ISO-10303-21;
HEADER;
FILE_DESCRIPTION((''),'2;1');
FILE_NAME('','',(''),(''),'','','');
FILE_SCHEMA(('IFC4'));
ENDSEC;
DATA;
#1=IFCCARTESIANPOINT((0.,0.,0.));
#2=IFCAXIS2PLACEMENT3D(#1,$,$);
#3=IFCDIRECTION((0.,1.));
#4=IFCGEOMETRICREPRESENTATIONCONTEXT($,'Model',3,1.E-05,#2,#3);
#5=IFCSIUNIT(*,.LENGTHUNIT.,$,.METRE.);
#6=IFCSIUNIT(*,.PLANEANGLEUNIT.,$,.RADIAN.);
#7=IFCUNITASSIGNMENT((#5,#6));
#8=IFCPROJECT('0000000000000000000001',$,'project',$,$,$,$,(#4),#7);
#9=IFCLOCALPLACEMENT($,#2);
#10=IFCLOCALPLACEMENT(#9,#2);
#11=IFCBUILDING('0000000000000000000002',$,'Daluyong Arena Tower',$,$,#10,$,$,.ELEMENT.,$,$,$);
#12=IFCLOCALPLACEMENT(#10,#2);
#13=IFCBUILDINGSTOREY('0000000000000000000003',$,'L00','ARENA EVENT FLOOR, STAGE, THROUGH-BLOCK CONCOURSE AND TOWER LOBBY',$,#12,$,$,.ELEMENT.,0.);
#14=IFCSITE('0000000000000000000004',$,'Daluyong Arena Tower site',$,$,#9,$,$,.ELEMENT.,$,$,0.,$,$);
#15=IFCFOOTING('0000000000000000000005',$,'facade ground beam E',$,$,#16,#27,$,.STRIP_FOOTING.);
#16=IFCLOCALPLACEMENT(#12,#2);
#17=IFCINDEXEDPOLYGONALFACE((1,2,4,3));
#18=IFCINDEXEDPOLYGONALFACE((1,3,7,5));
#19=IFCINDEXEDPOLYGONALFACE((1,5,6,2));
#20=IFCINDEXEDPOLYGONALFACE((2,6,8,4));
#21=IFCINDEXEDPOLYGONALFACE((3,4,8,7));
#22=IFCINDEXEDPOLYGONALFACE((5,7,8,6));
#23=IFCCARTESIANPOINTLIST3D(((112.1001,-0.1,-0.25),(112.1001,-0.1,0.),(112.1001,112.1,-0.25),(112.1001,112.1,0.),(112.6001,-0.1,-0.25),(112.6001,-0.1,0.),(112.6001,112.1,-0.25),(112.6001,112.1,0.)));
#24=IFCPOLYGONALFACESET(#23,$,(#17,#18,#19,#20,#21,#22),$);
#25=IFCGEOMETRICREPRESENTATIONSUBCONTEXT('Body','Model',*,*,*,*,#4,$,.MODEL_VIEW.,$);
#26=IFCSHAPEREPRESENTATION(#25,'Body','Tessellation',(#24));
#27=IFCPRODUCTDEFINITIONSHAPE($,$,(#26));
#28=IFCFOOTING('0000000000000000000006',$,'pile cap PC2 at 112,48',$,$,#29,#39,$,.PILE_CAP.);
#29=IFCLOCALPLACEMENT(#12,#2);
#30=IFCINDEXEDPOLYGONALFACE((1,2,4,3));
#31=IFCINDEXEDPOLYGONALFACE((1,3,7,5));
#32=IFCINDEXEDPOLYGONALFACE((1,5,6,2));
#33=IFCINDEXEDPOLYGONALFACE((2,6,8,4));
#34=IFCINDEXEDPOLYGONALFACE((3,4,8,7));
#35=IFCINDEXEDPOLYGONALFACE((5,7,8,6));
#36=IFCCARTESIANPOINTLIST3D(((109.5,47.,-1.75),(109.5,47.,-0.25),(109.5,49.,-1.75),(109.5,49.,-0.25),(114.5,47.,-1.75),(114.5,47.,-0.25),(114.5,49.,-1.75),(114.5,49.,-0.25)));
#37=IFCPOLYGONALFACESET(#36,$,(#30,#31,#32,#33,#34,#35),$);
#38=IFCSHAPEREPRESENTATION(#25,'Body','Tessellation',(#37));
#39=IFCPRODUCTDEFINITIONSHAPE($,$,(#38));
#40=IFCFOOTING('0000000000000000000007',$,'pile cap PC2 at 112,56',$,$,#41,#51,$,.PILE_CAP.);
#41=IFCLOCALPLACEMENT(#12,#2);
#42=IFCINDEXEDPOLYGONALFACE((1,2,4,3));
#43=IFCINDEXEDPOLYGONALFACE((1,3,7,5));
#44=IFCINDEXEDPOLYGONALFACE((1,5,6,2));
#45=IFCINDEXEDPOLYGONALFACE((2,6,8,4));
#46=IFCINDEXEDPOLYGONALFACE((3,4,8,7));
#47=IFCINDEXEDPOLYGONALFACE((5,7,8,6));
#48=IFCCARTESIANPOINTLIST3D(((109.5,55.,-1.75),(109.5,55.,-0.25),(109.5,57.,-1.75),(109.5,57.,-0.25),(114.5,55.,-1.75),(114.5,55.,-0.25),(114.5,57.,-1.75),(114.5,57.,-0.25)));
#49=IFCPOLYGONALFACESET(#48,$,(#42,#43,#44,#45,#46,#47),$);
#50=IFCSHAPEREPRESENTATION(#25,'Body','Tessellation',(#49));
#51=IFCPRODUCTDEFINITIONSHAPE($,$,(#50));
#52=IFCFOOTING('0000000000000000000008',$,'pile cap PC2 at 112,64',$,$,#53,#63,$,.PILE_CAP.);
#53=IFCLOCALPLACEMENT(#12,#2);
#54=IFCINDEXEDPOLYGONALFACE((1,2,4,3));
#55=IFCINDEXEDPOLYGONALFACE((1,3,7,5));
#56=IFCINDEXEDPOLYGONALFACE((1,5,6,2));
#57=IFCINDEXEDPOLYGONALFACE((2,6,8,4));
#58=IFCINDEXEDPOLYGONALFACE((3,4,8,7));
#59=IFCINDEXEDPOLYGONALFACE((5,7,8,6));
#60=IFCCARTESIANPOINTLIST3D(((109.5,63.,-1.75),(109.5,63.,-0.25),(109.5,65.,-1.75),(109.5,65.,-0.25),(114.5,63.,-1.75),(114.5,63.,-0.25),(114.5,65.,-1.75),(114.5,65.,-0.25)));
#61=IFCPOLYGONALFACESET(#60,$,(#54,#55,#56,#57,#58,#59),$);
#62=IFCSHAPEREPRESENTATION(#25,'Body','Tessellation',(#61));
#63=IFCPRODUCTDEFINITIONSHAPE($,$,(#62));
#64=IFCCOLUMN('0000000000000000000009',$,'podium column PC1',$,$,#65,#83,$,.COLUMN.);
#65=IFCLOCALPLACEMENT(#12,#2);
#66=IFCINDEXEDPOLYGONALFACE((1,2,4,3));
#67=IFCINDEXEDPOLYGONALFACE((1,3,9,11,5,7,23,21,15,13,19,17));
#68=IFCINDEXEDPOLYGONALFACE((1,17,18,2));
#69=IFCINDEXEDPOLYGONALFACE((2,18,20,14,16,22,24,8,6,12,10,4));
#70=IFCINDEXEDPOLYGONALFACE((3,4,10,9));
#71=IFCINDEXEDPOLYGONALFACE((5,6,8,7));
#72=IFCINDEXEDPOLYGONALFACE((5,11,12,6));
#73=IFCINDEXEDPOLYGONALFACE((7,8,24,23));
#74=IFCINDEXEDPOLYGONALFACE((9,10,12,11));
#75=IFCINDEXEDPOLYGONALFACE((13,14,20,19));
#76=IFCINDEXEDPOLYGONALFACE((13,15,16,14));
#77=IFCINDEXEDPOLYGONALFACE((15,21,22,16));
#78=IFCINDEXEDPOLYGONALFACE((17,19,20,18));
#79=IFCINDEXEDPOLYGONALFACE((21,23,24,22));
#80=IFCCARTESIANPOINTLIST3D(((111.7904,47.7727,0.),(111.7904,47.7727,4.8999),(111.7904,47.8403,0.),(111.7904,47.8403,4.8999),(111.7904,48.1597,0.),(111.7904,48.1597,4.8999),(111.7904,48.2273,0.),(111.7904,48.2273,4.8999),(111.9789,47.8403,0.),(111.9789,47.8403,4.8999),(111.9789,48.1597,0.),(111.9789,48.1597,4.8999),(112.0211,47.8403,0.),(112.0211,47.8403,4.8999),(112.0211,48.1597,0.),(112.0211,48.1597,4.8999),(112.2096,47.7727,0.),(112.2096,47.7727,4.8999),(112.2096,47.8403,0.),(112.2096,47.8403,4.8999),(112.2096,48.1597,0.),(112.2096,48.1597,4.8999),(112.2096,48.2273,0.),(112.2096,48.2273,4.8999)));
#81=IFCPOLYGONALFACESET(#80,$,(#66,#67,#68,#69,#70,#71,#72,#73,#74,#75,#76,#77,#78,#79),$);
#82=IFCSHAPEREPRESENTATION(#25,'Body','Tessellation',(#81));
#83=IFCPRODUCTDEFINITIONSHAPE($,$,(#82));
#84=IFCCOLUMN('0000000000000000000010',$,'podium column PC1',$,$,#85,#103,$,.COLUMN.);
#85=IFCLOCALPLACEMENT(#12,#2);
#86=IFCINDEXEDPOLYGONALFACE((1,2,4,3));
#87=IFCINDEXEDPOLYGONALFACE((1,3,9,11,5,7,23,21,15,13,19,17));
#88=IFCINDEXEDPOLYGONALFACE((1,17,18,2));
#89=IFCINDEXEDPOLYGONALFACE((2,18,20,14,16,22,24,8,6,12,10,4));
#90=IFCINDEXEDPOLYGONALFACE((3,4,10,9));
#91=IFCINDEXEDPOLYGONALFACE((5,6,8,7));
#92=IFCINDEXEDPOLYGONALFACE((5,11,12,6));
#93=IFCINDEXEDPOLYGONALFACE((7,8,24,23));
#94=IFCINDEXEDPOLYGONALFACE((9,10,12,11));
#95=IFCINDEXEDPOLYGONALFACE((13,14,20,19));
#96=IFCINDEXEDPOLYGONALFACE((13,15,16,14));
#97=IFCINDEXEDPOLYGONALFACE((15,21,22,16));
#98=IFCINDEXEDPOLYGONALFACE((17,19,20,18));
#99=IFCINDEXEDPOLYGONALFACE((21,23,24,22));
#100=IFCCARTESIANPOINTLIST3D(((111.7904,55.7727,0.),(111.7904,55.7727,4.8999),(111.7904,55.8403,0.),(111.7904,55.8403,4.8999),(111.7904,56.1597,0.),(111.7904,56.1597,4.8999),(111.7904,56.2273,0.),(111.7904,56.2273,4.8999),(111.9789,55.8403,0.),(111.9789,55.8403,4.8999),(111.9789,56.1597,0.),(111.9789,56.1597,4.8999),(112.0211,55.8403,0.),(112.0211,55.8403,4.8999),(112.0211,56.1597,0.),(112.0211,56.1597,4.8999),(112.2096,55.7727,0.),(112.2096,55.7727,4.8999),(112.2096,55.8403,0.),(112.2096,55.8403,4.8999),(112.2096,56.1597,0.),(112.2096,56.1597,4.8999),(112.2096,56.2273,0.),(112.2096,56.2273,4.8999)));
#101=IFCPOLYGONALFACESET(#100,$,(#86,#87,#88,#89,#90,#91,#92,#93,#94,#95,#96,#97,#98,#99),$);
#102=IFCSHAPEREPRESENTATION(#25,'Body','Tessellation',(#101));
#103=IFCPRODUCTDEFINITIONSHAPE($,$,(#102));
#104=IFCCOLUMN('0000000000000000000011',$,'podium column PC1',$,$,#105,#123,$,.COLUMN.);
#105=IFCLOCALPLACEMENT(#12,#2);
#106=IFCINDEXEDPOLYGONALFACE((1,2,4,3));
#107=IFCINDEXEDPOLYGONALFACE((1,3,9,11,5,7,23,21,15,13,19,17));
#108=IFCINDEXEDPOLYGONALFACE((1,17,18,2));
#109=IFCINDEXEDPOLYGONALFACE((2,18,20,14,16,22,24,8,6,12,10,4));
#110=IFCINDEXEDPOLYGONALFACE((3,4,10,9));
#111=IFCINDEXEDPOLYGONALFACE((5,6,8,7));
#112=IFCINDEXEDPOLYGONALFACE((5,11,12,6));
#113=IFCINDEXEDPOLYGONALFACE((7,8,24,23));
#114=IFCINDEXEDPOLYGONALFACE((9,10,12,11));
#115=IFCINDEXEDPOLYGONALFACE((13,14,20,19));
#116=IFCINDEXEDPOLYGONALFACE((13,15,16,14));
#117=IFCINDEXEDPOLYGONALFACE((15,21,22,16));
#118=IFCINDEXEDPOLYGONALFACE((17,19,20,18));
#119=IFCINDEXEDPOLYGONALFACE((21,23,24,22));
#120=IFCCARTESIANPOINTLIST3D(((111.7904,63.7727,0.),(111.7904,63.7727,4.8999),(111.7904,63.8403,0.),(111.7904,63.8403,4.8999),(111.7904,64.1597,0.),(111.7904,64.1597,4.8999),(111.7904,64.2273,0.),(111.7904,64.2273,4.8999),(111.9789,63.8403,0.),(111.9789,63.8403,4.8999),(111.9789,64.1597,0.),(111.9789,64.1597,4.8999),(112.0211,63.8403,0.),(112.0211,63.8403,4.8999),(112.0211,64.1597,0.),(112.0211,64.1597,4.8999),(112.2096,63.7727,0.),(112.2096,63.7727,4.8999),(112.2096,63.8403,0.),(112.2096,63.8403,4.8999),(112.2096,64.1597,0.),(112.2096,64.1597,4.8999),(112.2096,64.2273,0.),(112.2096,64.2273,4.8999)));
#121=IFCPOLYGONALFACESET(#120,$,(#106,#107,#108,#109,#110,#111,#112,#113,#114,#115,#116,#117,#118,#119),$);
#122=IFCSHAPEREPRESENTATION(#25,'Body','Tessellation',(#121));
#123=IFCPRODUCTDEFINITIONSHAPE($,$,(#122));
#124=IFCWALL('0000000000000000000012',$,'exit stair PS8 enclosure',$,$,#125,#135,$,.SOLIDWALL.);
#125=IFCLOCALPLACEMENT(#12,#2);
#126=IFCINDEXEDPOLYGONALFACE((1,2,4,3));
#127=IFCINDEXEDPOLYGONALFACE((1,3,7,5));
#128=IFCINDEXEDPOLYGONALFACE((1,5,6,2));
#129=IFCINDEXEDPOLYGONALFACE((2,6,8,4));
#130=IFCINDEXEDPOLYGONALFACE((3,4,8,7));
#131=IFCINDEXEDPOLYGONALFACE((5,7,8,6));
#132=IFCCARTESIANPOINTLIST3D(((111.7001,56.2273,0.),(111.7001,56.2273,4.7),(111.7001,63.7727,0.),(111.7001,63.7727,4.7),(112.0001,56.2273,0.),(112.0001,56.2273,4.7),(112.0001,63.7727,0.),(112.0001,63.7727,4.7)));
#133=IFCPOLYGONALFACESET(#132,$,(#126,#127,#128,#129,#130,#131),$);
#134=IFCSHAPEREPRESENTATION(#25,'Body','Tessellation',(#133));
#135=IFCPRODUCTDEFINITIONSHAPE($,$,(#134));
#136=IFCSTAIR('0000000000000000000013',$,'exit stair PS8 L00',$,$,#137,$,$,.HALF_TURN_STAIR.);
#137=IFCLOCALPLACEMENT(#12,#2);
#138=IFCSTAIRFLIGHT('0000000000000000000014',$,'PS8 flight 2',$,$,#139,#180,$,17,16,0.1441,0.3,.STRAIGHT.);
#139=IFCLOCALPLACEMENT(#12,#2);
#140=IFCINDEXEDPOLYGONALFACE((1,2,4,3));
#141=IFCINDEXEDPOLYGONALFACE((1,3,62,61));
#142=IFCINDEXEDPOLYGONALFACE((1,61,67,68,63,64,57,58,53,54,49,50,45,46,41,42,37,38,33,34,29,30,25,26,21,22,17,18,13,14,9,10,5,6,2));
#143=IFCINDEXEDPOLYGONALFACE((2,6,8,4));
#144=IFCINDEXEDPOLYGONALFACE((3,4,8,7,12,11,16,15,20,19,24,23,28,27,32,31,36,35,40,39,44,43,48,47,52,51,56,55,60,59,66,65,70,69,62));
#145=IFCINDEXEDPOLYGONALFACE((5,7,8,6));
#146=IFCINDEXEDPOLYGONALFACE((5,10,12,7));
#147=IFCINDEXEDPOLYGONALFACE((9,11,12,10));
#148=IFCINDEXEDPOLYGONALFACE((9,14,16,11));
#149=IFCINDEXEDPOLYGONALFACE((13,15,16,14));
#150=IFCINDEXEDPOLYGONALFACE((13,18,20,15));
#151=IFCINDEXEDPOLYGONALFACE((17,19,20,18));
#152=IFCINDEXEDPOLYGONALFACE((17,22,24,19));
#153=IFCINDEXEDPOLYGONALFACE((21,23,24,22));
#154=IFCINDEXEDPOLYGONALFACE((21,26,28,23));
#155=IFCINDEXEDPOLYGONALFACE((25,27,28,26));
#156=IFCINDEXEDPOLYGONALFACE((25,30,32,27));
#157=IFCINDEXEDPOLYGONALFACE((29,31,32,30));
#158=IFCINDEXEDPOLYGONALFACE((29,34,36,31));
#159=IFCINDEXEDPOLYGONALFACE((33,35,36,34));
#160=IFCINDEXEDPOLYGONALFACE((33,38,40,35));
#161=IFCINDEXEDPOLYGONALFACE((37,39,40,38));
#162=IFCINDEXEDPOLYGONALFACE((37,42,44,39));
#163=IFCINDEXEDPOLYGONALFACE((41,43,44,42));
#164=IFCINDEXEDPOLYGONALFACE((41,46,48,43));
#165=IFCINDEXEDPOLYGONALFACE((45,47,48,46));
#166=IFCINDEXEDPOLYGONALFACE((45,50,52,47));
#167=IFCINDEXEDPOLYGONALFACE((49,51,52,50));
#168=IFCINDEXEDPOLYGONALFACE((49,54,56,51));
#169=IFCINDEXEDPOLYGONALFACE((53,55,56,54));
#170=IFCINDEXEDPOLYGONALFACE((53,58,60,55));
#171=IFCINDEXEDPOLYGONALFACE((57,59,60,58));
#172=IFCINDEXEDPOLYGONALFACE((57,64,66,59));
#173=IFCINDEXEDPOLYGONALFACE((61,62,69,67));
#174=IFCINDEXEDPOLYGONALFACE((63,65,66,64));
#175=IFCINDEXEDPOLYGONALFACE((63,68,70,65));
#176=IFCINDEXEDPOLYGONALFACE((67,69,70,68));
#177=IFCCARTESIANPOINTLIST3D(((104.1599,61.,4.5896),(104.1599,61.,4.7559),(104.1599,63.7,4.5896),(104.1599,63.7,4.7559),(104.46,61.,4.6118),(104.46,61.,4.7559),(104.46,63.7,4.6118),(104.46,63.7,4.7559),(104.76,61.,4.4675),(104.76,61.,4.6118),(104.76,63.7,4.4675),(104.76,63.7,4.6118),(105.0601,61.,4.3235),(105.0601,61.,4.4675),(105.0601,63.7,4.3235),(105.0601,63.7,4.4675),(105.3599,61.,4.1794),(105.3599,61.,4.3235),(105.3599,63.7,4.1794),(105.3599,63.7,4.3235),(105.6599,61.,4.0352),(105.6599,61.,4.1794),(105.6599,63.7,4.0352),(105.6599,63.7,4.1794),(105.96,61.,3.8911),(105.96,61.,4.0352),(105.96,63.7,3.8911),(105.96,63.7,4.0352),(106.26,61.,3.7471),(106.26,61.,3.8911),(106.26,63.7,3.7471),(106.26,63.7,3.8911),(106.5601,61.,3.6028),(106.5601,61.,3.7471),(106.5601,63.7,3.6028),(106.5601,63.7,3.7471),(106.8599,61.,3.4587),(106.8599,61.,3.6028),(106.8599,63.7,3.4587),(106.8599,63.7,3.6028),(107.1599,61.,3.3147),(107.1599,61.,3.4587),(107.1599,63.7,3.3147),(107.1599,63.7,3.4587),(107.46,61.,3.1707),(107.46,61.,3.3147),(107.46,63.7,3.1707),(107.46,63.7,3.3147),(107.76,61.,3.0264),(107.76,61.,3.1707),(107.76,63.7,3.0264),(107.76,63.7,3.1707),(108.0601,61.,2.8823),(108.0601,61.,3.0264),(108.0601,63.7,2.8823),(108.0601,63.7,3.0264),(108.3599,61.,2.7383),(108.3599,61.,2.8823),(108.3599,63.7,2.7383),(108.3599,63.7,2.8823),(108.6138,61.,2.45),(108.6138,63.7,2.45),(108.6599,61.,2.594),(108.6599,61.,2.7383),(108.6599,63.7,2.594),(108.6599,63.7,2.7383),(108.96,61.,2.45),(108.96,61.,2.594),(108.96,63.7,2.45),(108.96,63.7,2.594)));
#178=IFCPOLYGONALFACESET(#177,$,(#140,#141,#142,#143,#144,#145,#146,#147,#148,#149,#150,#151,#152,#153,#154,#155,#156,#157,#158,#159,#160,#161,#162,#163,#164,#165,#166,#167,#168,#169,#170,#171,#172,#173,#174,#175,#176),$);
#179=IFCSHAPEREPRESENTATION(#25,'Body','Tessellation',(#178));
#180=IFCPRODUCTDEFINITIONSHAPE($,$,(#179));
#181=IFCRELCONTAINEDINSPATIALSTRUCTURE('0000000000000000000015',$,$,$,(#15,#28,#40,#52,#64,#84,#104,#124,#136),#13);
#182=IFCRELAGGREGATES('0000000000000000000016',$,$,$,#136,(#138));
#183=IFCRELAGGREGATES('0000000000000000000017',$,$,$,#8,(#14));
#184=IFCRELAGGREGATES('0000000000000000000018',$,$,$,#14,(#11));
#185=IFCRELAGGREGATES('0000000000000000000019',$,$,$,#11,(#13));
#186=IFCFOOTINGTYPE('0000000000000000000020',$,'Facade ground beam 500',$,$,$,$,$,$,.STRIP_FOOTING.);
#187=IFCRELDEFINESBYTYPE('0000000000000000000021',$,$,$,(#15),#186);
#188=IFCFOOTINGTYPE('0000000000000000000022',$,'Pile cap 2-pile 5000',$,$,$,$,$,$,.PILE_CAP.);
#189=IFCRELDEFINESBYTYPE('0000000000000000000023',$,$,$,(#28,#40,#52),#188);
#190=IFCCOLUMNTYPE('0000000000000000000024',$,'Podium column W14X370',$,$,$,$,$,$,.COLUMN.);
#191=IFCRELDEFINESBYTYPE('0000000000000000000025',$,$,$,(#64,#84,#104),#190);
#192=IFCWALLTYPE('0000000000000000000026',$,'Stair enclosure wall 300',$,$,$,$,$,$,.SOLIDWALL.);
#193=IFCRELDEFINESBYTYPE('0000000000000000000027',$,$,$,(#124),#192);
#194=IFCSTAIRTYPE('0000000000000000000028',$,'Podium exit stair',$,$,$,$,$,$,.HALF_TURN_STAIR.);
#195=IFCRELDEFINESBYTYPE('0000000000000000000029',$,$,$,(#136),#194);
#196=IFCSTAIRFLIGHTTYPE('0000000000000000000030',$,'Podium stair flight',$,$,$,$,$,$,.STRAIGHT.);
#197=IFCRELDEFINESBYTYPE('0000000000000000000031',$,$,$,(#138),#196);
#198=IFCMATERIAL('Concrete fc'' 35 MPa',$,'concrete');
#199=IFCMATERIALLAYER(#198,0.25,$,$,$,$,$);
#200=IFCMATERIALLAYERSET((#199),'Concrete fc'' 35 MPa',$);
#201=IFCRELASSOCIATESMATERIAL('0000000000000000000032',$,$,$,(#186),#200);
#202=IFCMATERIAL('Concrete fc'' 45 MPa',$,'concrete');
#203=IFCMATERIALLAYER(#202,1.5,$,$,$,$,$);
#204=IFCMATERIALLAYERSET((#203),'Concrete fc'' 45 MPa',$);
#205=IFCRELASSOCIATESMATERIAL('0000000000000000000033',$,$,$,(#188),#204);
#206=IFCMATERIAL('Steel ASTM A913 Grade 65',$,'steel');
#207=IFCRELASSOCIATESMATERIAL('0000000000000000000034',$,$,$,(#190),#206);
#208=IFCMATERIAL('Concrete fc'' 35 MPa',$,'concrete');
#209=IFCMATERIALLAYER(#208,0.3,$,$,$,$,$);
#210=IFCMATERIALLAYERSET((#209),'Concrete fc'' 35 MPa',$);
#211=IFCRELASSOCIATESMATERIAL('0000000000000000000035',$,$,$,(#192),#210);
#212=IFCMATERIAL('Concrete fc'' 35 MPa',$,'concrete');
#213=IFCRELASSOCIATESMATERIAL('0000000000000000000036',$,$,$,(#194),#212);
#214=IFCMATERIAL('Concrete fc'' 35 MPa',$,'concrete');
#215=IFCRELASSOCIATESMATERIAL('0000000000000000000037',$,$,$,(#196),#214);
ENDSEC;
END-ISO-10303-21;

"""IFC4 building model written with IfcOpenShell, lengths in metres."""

from ifc_helpers import new_model, si_unit, direction, frame, frame_2d, origin, origin_2d, place, context, subcontext, project, spatial, polyline, rectangle, i_section, outline, extrude, material, layer, layer_set, material_profile, profile_set, type_object, element, aggregate, save


model = new_model("IFC4")

# Units and contexts
model_context = context("Model", 3, precision=1e-05, world=origin(), true_north=direction((0.0, 1.0)))
body_context = subcontext(model_context, "Body", "Model", "MODEL_VIEW")
ifc_project = project(units=[si_unit("LENGTHUNIT", "METRE"), si_unit("PLANEANGLEUNIT", "RADIAN")], contexts=[model_context])

# Site, building, storey
site_placement = place(None, origin())
site = spatial("IfcSite", under=ifc_project, at=site_placement, Name="Daluyong Arena Tower site", CompositionType="ELEMENT", RefElevation=0.0)
building_placement = place(site_placement, origin())
building = spatial("IfcBuilding", under=site, at=building_placement, Name="Daluyong Arena Tower", CompositionType="ELEMENT")
storey_placement = place(building_placement, origin())
storey = spatial("IfcBuildingStorey", under=building, at=storey_placement, Name="L00", Description="ARENA EVENT FLOOR, STAGE, THROUGH-BLOCK CONCOURSE AND TOWER LOBBY", CompositionType="ELEMENT", Elevation=0.0)

# Footings
ifc_material_1 = material(Name="Concrete fc' 35 MPa", Category="concrete")
ifc_layer_1 = layer(ifc_material_1, 0.25)
ifc_layer_set_1 = layer_set([ifc_layer_1], Name="Concrete fc' 35 MPa")
footing_type_1 = type_object("IfcFootingType", Name="Facade ground beam 500", PredefinedType="STRIP_FOOTING", material=ifc_layer_set_1)
footing_placement = place(storey_placement, frame((112.3501, 56.0, -0.25), z_axis=(0.0, 0.0, 1.0), x_axis=(1.0, 0.0, 0.0)))
element("IfcFooting", 1, at=footing_placement, inside=storey, type_object=footing_type_1, Name="facade ground beam E", PredefinedType="STRIP_FOOTING", context=body_context, shape_type="SweptSolid", body=[
    extrude(rectangle(XDim=0.5, YDim=112.2, at=origin_2d()), origin(), (0.0, 0.0, 1.0), 0.25),
])
ifc_material_2 = material(Name="Concrete fc' 45 MPa", Category="concrete")
ifc_layer_2 = layer(ifc_material_2, 1.5)
ifc_layer_set_2 = layer_set([ifc_layer_2], Name="Concrete fc' 45 MPa")
footing_type_2 = type_object("IfcFootingType", Name="Pile cap 2-pile 5000", PredefinedType="PILE_CAP", material=ifc_layer_set_2)
for number, where, z_axis, x_axis, name in (
    (2, (112.0, 48.0, -1.75), (0.0, 0.0, 1.0), (1.0, 0.0, 0.0), "pile cap PC2 at 112,48"),
    (3, (112.0, 56.0, -1.75), (0.0, 0.0, 1.0), (1.0, 0.0, 0.0), "pile cap PC2 at 112,56"),
    (4, (112.0, 64.0, -1.75), (0.0, 0.0, 1.0), (1.0, 0.0, 0.0), "pile cap PC2 at 112,64"),
):
    element("IfcFooting", number, at=place(storey_placement, frame(where, z_axis=z_axis, x_axis=x_axis)), inside=storey, type_object=footing_type_2, Name=name, PredefinedType="PILE_CAP", context=body_context, shape_type="SweptSolid", body=[
        extrude(rectangle(XDim=5.0, YDim=2.0, at=origin_2d()), origin(), (0.0, 0.0, 1.0), 1.5),
    ])

# Columns
ifc_material_3 = material(Name="Steel ASTM A913 Grade 65", Category="steel")
ifc_material_profile = material_profile(ifc_material_3, i_section(OverallWidth=0.4192, OverallDepth=0.4546, WebThickness=0.0422, FlangeThickness=0.0676, at=origin_2d()))
ifc_profile_set = profile_set([ifc_material_profile], Name="Steel ASTM A913 Grade 65")
column_type = type_object("IfcColumnType", Name="Podium column W14X370", PredefinedType="COLUMN", material=ifc_profile_set)
for number, where, z_axis, x_axis, name in (
    (5, (112.0, 48.0, 0.0), (0.0, 0.0, 1.0), (1.0, 0.0, 0.0), "podium column PC1"),
    (6, (112.0, 56.0, 0.0), (0.0, 0.0, 1.0), (1.0, 0.0, 0.0), "podium column PC1"),
    (7, (112.0, 64.0, 0.0), (0.0, 0.0, 1.0), (1.0, 0.0, 0.0), "podium column PC1"),
):
    element("IfcColumn", number, at=place(storey_placement, frame(where, z_axis=z_axis, x_axis=x_axis)), inside=storey, type_object=column_type, Name=name, PredefinedType="COLUMN", context=body_context, shape_type="SweptSolid", body=[
        extrude(i_section(OverallWidth=0.4192, OverallDepth=0.4546, WebThickness=0.0422, FlangeThickness=0.0676, at=origin_2d()), origin(), (0.0, 0.0, 1.0), 4.8999),
    ])

# Wall
ifc_material_4 = material(Name="Concrete fc' 35 MPa", Category="concrete")
ifc_layer_3 = layer(ifc_material_4, 0.3)
ifc_layer_set_3 = layer_set([ifc_layer_3], Name="Concrete fc' 35 MPa")
wall_type = type_object("IfcWallType", Name="Stair enclosure wall 300", PredefinedType="SOLIDWALL", material=ifc_layer_set_3)
wall_placement = place(storey_placement, frame((111.8501, 56.2273, 0.0), z_axis=(0.0, 0.0, 1.0), x_axis=(0.0, 1.0, 0.0)))
element("IfcWall", 8, at=wall_placement, inside=storey, type_object=wall_type, Name="exit stair PS8 enclosure", PredefinedType="SOLIDWALL", context=body_context, shape_type="SweptSolid", body=[
    extrude(rectangle(XDim=7.5454, YDim=0.3, at=frame_2d((3.7727, 0.0))), origin(), (0.0, 0.0, 1.0), 4.7),
])

# Stair, stair flight
ifc_material_5 = material(Name="Concrete fc' 35 MPa", Category="concrete")
stair_type = type_object("IfcStairType", Name="Podium exit stair", PredefinedType="HALF_TURN_STAIR", material=ifc_material_5)
stair_placement = place(storey_placement, origin())
stair = element("IfcStair", 9, at=stair_placement, inside=storey, type_object=stair_type, Name="exit stair PS8 L00", PredefinedType="HALF_TURN_STAIR")
ifc_material_6 = material(Name="Concrete fc' 35 MPa", Category="concrete")
stair_flight_type = type_object("IfcStairFlightType", Name="Podium stair flight", PredefinedType="STRAIGHT", material=ifc_material_6)
stair_flight_placement = place(storey_placement, frame((108.96, 62.3501, 2.45), z_axis=(0.0, 0.0, 1.0), x_axis=(-1.0, 0.0, 0.0)))
stair_flight = element("IfcStairFlight", 10, at=stair_flight_placement, type_object=stair_flight_type, Name="PS8 flight 2", NumberOfRisers=17, NumberOfTreads=16, PredefinedType="STRAIGHT", RiserHeight=0.1441, TreadLength=0.3, context=body_context, shape_type="SweptSolid", body=[
    extrude(outline(polyline([(0.0, 0.0), (0.0, 0.144), (0.3, 0.144), (0.3, 0.2883), (0.6001, 0.2883), (0.6001, 0.4324), (0.8999, 0.4324), (0.8999, 0.5764), (1.2, 0.5764), (1.2, 0.7207), (1.5, 0.7207), (1.5, 0.8647), (1.8, 0.8647), (1.8, 1.0088), (2.1001, 1.0088), (2.1001, 1.1528), (2.3999, 1.1528), (2.3999, 1.2971), (2.7, 1.2971), (2.7, 1.4412), (3.0, 1.4412), (3.0, 1.5852), (3.3, 1.5852), (3.3, 1.7295), (3.6001, 1.7295), (3.6001, 1.8735), (3.8999, 1.8735), (3.8999, 2.0176), (4.2, 2.0176), (4.2, 2.1619), (4.5, 2.1619), (4.5, 2.3059), (4.8, 2.3059), (4.8, 2.45), (4.8, 2.1396), (0.3462, 0.0), (0.0, 0.0)])), frame((0.0, 1.3501, 0.0), z_axis=(0.0, -1.0, 0.0), x_axis=(1.0, 0.0, 0.0)), (0.0, 0.0, 1.0), 2.7),
])
aggregate(stair, [stair_flight])

save(model, "model.ifc")
